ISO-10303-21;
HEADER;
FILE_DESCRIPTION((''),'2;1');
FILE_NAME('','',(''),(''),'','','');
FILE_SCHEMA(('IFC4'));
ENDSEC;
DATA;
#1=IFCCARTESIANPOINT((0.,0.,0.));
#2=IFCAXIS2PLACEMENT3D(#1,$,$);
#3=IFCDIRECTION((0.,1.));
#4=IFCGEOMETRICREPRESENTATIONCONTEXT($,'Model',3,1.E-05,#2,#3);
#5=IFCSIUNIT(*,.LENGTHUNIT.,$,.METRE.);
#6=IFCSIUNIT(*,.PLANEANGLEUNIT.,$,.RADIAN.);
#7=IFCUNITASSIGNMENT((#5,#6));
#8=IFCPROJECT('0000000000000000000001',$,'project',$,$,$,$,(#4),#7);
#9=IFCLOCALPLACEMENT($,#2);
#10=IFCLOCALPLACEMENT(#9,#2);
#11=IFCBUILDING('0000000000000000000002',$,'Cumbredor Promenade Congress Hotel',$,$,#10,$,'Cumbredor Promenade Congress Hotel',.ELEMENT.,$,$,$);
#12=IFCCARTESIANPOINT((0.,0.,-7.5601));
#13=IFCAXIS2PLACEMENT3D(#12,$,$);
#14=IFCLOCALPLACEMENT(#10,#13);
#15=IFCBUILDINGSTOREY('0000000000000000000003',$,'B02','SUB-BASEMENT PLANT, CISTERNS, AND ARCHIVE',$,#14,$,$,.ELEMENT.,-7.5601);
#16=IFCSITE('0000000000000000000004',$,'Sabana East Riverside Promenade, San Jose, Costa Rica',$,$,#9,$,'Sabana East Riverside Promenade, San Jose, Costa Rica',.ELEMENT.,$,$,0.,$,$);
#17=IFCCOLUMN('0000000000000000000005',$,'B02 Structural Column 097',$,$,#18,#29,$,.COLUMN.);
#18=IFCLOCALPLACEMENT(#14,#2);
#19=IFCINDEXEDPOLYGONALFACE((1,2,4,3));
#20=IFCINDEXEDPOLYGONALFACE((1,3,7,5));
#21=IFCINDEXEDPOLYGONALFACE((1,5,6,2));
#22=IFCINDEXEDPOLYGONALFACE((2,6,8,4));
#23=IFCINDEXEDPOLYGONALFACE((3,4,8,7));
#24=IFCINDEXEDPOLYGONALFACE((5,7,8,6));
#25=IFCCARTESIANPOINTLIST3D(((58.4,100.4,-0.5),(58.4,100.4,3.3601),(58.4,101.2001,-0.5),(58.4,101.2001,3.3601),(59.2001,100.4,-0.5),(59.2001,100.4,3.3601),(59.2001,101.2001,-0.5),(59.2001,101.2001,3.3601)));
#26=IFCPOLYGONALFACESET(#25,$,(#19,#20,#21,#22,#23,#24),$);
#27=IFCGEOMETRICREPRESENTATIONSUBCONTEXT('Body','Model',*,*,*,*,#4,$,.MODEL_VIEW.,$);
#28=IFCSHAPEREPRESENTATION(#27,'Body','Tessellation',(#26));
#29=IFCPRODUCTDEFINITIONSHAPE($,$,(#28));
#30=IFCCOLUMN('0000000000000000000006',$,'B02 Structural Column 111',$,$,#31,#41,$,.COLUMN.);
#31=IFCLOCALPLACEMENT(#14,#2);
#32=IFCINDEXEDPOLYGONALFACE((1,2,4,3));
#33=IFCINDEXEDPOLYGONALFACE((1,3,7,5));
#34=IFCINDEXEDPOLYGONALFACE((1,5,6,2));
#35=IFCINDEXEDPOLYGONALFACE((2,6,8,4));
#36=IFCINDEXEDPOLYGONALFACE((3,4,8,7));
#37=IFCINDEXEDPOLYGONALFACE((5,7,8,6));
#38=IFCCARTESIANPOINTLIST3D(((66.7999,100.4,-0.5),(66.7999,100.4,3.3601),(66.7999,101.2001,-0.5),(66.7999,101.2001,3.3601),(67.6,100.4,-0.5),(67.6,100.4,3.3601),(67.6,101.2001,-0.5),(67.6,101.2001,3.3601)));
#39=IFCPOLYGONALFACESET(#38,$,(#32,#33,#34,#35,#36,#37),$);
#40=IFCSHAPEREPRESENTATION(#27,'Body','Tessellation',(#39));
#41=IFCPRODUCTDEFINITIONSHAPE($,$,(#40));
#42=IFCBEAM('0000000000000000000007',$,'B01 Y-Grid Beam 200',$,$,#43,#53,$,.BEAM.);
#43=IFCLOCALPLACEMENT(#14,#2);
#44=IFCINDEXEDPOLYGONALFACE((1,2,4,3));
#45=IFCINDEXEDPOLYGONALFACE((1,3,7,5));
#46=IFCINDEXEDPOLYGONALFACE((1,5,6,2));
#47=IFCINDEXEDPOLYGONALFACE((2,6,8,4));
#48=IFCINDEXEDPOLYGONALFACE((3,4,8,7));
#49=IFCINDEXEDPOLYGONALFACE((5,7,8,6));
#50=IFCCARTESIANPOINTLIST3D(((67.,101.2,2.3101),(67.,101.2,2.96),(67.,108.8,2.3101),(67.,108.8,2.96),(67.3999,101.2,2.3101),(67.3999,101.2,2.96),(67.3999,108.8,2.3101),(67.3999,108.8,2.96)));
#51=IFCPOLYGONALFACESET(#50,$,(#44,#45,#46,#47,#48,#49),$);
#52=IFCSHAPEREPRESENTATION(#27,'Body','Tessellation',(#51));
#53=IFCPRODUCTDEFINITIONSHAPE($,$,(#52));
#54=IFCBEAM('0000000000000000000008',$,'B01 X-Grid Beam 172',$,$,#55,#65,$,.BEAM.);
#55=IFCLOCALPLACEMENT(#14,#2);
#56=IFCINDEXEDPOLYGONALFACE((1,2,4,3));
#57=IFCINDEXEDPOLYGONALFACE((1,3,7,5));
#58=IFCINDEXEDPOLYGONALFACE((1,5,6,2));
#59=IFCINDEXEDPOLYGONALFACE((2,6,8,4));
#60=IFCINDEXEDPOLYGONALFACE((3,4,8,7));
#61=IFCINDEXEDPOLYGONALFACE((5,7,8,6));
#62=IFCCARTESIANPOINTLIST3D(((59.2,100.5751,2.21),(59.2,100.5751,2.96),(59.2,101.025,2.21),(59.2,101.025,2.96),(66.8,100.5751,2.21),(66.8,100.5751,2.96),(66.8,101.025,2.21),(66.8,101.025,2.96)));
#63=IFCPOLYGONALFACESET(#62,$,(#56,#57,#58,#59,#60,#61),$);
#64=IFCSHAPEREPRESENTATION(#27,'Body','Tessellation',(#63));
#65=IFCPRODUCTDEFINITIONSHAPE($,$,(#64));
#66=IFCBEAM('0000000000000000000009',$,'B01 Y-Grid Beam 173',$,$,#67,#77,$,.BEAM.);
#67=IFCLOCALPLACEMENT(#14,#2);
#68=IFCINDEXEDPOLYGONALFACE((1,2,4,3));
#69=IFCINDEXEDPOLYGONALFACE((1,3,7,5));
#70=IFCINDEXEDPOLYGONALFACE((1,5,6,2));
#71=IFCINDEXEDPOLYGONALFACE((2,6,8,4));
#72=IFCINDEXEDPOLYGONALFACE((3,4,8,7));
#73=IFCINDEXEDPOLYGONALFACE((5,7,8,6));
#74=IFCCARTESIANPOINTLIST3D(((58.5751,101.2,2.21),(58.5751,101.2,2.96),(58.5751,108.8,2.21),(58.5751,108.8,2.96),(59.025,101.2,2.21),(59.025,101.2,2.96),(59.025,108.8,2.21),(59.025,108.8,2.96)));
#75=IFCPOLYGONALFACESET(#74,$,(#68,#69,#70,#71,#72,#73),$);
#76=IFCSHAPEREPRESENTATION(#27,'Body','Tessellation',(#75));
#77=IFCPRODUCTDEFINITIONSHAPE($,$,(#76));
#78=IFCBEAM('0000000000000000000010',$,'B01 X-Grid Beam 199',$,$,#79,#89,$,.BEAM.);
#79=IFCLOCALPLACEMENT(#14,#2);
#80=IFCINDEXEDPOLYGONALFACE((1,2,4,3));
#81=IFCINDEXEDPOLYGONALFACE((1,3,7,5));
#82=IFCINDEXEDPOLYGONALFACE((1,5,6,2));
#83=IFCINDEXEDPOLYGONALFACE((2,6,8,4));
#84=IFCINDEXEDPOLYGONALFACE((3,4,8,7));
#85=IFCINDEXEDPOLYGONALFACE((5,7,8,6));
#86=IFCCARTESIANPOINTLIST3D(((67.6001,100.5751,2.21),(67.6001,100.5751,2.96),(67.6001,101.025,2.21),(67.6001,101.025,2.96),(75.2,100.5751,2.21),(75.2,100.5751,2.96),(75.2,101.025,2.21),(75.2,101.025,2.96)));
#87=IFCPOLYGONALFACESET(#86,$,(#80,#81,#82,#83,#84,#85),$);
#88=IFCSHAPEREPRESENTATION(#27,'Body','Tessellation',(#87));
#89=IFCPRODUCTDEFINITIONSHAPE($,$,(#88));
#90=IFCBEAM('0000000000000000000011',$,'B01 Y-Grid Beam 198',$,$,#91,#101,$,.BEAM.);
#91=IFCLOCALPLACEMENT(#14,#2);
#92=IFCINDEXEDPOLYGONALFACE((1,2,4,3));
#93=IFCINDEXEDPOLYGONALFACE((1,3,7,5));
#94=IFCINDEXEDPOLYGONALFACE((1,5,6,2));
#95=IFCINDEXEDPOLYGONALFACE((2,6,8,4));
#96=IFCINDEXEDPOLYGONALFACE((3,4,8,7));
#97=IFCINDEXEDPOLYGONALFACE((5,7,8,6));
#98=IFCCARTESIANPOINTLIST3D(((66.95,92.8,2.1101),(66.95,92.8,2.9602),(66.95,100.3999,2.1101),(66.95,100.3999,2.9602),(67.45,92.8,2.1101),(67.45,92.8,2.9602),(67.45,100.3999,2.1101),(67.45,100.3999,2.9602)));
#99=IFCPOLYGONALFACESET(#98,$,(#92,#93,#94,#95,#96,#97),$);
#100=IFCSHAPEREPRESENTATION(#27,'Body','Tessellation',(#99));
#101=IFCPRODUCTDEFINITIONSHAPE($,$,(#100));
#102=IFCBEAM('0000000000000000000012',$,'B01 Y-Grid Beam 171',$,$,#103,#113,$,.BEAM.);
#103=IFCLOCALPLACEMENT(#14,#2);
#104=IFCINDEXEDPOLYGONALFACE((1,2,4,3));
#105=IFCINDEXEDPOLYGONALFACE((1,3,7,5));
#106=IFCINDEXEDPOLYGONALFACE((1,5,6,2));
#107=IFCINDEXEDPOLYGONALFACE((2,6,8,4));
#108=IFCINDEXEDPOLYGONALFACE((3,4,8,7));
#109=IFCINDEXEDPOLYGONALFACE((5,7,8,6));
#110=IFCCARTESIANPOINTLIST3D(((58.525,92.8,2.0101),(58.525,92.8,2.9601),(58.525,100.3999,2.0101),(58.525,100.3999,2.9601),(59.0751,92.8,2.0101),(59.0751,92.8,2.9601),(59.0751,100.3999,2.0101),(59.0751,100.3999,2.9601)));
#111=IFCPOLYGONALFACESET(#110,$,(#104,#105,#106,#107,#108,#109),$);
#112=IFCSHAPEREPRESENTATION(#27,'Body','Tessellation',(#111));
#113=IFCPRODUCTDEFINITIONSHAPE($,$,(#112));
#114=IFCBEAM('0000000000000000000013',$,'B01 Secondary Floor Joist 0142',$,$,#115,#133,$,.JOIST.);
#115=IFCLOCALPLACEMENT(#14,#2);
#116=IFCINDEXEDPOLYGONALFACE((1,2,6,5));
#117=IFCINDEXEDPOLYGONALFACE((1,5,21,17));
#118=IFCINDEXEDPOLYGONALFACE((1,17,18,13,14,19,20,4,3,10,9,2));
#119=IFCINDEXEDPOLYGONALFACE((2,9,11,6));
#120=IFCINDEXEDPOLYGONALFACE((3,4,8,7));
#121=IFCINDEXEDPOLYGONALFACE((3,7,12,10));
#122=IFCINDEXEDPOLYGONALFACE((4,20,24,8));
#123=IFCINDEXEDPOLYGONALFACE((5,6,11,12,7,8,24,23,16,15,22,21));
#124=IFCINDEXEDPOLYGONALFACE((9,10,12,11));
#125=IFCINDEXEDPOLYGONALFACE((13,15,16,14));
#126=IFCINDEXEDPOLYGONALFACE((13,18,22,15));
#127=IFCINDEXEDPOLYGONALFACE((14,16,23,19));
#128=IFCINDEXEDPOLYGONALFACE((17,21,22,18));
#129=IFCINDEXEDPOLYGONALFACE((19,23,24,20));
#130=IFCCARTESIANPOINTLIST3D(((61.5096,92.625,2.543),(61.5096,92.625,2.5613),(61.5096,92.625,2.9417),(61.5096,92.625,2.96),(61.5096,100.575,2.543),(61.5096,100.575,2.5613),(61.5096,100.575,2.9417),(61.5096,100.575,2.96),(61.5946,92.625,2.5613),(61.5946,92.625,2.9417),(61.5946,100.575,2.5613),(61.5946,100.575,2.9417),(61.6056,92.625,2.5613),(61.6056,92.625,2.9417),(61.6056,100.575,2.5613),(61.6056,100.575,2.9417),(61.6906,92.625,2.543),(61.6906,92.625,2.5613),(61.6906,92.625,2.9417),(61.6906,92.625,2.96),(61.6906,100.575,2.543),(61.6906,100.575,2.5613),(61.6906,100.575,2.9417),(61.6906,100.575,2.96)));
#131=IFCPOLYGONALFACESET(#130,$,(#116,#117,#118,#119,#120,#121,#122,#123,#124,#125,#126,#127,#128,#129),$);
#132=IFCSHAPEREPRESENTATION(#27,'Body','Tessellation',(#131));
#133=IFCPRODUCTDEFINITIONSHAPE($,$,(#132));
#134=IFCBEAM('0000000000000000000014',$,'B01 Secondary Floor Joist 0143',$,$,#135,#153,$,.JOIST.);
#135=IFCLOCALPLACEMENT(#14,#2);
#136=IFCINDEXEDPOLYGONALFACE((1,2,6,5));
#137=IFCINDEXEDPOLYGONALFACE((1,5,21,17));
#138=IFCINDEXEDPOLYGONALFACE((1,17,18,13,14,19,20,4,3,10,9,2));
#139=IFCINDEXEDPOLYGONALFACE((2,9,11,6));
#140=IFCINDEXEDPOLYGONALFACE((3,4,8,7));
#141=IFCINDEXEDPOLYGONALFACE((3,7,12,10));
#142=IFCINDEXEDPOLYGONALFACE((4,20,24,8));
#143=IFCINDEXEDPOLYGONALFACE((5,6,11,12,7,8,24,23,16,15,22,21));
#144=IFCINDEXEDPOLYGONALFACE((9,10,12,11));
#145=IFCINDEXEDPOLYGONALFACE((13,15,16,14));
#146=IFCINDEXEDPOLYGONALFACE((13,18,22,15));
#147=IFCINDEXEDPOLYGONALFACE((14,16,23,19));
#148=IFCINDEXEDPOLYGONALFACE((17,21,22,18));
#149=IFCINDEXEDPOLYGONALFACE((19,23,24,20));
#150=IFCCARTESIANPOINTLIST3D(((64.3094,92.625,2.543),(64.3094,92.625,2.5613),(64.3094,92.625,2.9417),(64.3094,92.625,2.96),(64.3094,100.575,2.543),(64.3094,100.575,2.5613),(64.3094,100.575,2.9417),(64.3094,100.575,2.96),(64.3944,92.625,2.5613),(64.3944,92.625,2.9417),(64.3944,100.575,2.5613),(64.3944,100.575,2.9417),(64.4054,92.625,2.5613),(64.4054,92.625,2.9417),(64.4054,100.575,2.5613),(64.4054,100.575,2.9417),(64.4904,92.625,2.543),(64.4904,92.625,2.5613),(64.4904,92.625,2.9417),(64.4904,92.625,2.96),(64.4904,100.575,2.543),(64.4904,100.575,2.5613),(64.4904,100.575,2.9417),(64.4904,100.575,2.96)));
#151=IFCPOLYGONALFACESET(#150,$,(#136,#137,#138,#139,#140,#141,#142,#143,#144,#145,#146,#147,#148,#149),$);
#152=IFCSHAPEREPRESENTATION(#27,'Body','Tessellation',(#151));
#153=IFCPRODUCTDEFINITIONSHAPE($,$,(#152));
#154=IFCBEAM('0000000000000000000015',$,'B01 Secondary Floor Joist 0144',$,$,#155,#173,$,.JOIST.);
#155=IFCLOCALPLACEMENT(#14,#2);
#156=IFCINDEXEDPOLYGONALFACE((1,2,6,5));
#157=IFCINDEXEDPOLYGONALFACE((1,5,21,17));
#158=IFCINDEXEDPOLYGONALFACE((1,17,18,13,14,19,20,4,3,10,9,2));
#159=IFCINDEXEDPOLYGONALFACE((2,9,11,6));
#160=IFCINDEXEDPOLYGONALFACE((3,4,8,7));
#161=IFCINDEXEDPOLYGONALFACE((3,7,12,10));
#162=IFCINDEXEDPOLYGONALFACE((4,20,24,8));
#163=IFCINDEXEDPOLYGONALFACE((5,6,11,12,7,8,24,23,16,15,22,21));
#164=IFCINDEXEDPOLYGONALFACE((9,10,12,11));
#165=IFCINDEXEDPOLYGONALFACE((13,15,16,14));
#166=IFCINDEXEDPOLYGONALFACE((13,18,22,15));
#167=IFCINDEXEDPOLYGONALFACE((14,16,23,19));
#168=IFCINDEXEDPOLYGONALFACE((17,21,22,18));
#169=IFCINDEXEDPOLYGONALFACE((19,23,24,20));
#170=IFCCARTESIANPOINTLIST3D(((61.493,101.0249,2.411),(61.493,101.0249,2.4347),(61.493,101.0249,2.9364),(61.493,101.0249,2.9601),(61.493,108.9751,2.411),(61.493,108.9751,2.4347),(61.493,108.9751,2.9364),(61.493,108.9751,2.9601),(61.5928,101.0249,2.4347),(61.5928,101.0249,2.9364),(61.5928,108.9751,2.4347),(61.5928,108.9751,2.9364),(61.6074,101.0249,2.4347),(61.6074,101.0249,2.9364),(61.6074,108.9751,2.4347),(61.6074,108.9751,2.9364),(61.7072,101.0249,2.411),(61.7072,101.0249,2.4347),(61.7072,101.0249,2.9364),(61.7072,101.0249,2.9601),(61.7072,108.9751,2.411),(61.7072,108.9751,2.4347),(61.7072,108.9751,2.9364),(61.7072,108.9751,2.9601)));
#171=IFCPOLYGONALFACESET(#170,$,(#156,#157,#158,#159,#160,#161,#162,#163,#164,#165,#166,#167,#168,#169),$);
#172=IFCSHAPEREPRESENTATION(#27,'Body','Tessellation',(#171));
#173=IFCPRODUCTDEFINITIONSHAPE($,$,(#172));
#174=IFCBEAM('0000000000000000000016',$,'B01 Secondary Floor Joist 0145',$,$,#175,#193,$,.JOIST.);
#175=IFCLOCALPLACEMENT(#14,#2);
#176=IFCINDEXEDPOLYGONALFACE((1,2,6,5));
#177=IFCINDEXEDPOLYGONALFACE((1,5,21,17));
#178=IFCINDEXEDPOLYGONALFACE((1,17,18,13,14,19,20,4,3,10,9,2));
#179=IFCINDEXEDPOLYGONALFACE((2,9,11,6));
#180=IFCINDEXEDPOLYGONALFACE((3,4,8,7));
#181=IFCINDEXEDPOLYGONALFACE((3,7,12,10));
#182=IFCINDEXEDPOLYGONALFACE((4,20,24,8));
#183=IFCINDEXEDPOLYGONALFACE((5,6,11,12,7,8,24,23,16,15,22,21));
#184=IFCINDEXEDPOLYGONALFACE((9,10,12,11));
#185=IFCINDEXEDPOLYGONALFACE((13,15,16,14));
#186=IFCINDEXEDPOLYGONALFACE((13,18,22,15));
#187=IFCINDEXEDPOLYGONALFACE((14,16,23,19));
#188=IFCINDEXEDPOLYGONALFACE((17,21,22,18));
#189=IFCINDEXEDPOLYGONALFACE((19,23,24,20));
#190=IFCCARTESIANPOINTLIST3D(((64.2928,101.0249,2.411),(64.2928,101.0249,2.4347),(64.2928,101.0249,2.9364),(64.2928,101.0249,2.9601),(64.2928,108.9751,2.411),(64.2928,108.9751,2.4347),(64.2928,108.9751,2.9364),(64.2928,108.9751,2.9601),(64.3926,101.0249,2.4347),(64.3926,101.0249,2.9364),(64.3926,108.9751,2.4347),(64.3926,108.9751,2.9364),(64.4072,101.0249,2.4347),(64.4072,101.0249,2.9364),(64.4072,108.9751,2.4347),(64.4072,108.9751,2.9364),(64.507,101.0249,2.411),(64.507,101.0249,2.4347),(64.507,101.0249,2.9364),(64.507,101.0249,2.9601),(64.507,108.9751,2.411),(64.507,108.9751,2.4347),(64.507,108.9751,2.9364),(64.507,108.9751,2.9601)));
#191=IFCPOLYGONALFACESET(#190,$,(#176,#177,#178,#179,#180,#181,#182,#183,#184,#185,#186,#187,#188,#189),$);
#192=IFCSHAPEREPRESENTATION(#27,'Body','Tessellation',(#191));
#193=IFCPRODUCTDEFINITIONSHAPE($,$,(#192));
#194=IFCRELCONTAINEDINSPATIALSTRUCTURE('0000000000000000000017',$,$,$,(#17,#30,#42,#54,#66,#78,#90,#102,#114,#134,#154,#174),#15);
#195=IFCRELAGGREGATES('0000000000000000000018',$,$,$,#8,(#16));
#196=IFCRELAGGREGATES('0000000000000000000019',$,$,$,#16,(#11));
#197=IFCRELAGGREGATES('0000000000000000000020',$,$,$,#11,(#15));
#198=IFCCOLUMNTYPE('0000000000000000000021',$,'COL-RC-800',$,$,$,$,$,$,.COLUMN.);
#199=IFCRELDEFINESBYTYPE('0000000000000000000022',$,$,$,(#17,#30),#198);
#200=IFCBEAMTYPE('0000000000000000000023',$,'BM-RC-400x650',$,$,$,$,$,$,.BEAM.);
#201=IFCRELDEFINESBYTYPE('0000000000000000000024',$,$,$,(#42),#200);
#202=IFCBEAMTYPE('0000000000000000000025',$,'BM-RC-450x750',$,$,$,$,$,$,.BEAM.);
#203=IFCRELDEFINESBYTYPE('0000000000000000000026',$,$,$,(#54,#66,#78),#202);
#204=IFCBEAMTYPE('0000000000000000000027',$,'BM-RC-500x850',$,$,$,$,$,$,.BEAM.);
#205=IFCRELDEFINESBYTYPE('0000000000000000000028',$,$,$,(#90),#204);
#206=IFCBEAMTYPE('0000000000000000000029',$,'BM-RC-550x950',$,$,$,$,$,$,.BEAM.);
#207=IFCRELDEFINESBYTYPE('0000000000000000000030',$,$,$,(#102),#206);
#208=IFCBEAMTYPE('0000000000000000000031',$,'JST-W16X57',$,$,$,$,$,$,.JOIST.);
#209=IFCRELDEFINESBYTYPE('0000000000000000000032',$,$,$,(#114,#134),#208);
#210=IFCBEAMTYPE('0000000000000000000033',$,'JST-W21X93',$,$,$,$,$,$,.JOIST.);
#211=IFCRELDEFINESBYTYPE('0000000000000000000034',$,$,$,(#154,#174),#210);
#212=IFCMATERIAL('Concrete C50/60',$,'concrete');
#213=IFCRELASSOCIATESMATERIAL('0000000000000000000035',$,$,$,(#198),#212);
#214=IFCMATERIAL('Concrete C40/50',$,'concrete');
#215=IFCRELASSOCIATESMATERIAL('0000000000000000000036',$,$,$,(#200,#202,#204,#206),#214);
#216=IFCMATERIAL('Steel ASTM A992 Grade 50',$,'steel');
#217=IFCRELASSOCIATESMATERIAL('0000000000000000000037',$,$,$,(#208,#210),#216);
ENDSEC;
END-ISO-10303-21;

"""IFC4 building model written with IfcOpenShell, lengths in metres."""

from ifc_helpers import new_model, si_unit, direction, frame, origin, origin_2d, place, context, subcontext, project, spatial, rectangle, i_section, extrude, material, material_profile, profile_set, type_object, element, save


model = new_model("IFC4")

# Units and contexts
model_context = context("Model", 3, precision=1e-05, world=origin(), true_north=direction((0.0, 1.0)))
body_context = subcontext(model_context, "Body", "Model", "MODEL_VIEW")
ifc_project = project(units=[si_unit("LENGTHUNIT", "METRE"), si_unit("PLANEANGLEUNIT", "RADIAN")], contexts=[model_context])

# Site, building, storey
site_placement = place(None, origin())
site = spatial("IfcSite", under=ifc_project, at=site_placement, Name="Sabana East Riverside Promenade, San Jose, Costa Rica", LongName="Sabana East Riverside Promenade, San Jose, Costa Rica", CompositionType="ELEMENT", RefElevation=0.0)
building_placement = place(site_placement, origin())
building = spatial("IfcBuilding", under=site, at=building_placement, Name="Cumbredor Promenade Congress Hotel", LongName="Cumbredor Promenade Congress Hotel", CompositionType="ELEMENT")
storey_placement = place(building_placement, frame((0.0, 0.0, -7.5601)))
storey = spatial("IfcBuildingStorey", under=building, at=storey_placement, Name="B02", Description="SUB-BASEMENT PLANT, CISTERNS, AND ARCHIVE", CompositionType="ELEMENT", Elevation=-7.5601)

# Shared definitions
ifc_material_1 = material(Name="Concrete C40/50", Category="concrete")

# Columns
ifc_material_2 = material(Name="Concrete C50/60", Category="concrete")
ifc_material_profile_1 = material_profile(ifc_material_2, rectangle(XDim=0.8, YDim=0.8, at=origin_2d()), Name="RC 800x800")
ifc_profile_set_1 = profile_set([ifc_material_profile_1], Name="Concrete C50/60")
column_type = type_object("IfcColumnType", Name="COL-RC-800", PredefinedType="COLUMN", material=ifc_profile_set_1)
for number, where, z_axis, x_axis, name in (
    (1, (58.8, 100.8, -0.5), (0.0, 0.0, 1.0), (1.0, 0.0, 0.0), "B02 Structural Column 097"),
    (2, (67.2, 100.8, -0.5), (0.0, 0.0, 1.0), (1.0, 0.0, 0.0), "B02 Structural Column 111"),
):
    element("IfcColumn", number, at=place(storey_placement, frame(where, z_axis=z_axis, x_axis=x_axis)), inside=storey, type_object=column_type, Name=name, PredefinedType="COLUMN", context=body_context, shape_type="SweptSolid", body=[
        extrude(rectangle(XDim=0.8, YDim=0.8, at=origin_2d()), origin(), (0.0, 0.0, 1.0), 3.8601),
    ])

# Beams
ifc_material_profile_2 = material_profile(ifc_material_1, rectangle(XDim=0.3999, YDim=0.6499, at=origin_2d()), Name="RC BEAM 400x650")
ifc_profile_set_2 = profile_set([ifc_material_profile_2], Name="Concrete C40/50")
beam_type_1 = type_object("IfcBeamType", Name="BM-RC-400x650", PredefinedType="BEAM", material=ifc_profile_set_2)
beam_1_placement = place(storey_placement, frame((67.2, 101.2, 2.635), z_axis=(0.0, 1.0, 0.0), x_axis=(-1.0, 0.0, 0.0)))
element("IfcBeam", 3, at=beam_1_placement, inside=storey, type_object=beam_type_1, Name="B01 Y-Grid Beam 200", PredefinedType="BEAM", context=body_context, shape_type="SweptSolid", body=[
    extrude(rectangle(XDim=0.3999, YDim=0.6499, at=origin_2d()), origin(), (0.0, 0.0, 1.0), 7.6001),
])
ifc_material_profile_3 = material_profile(ifc_material_1, rectangle(XDim=0.45, YDim=0.75, at=origin_2d()), Name="RC BEAM 450x750")
ifc_profile_set_3 = profile_set([ifc_material_profile_3], Name="Concrete C40/50")
beam_type_2 = type_object("IfcBeamType", Name="BM-RC-450x750", PredefinedType="BEAM", material=ifc_profile_set_3)
for number, where, z_axis, x_axis, name in (
    (4, (59.2, 100.8, 2.585), (1.0, 0.0, 0.0), (0.0, 1.0, 0.0), "B01 X-Grid Beam 172"),
    (5, (58.8, 101.2, 2.585), (0.0, 1.0, 0.0), (-1.0, 0.0, 0.0), "B01 Y-Grid Beam 173"),
):
    element("IfcBeam", number, at=place(storey_placement, frame(where, z_axis=z_axis, x_axis=x_axis)), inside=storey, type_object=beam_type_2, Name=name, PredefinedType="BEAM", context=body_context, shape_type="SweptSolid", body=[
        extrude(rectangle(XDim=0.45, YDim=0.75, at=origin_2d()), origin(), (0.0, 0.0, 1.0), 7.6001),
    ])
beam_2_placement = place(storey_placement, frame((67.6001, 100.8, 2.585), z_axis=(1.0, 0.0, 0.0), x_axis=(0.0, 1.0, 0.0)))
element("IfcBeam", 6, at=beam_2_placement, inside=storey, type_object=beam_type_2, Name="B01 X-Grid Beam 199", PredefinedType="BEAM", context=body_context, shape_type="SweptSolid", body=[
    extrude(rectangle(XDim=0.45, YDim=0.75, at=origin_2d()), origin(), (0.0, 0.0, 1.0), 7.5999),
])
ifc_material_profile_4 = material_profile(ifc_material_1, rectangle(XDim=0.5, YDim=0.8501, at=origin_2d()), Name="RC BEAM 500x850")
ifc_profile_set_4 = profile_set([ifc_material_profile_4], Name="Concrete C40/50")
beam_type_3 = type_object("IfcBeamType", Name="BM-RC-500x850", PredefinedType="BEAM", material=ifc_profile_set_4)
beam_3_placement = place(storey_placement, frame((67.2, 92.8, 2.5352), z_axis=(0.0, 1.0, 0.0), x_axis=(-1.0, 0.0, 0.0)))
element("IfcBeam", 7, at=beam_3_placement, inside=storey, type_object=beam_type_3, Name="B01 Y-Grid Beam 198", PredefinedType="BEAM", context=body_context, shape_type="SweptSolid", body=[
    extrude(rectangle(XDim=0.5, YDim=0.8501, at=origin_2d()), origin(), (0.0, 0.0, 1.0), 7.5999),
])
ifc_material_profile_5 = material_profile(ifc_material_1, rectangle(XDim=0.55, YDim=0.95, at=origin_2d()), Name="RC BEAM 550x950")
ifc_profile_set_5 = profile_set([ifc_material_profile_5], Name="Concrete C40/50")
beam_type_4 = type_object("IfcBeamType", Name="BM-RC-550x950", PredefinedType="BEAM", material=ifc_profile_set_5)
beam_4_placement = place(storey_placement, frame((58.8, 92.8, 2.4851), z_axis=(0.0, 1.0, 0.0), x_axis=(-1.0, 0.0, 0.0)))
element("IfcBeam", 8, at=beam_4_placement, inside=storey, type_object=beam_type_4, Name="B01 Y-Grid Beam 171", PredefinedType="BEAM", context=body_context, shape_type="SweptSolid", body=[
    extrude(rectangle(XDim=0.55, YDim=0.95, at=origin_2d()), origin(), (0.0, 0.0, 1.0), 7.5999),
])
ifc_material_3 = material(Name="Steel ASTM A992 Grade 50", Category="steel")
ifc_material_profile_6 = material_profile(ifc_material_3, i_section(OverallWidth=0.1809, OverallDepth=0.417, WebThickness=0.011, FlangeThickness=0.0183, at=origin_2d()), Name="W16X57")
ifc_profile_set_6 = profile_set([ifc_material_profile_6], Name="Steel ASTM A992 Grade 50")
beam_type_5 = type_object("IfcBeamType", Name="JST-W16X57", PredefinedType="JOIST", material=ifc_profile_set_6)
for number, where, z_axis, x_axis, name in (
    (9, (61.6001, 92.625, 2.7515), (0.0, 1.0, 0.0), (-1.0, 0.0, 0.0), "B01 Secondary Floor Joist 0142"),
    (10, (64.3999, 92.625, 2.7515), (0.0, 1.0, 0.0), (-1.0, 0.0, 0.0), "B01 Secondary Floor Joist 0143"),
):
    element("IfcBeam", number, at=place(storey_placement, frame(where, z_axis=z_axis, x_axis=x_axis)), inside=storey, type_object=beam_type_5, Name=name, PredefinedType="JOIST", context=body_context, shape_type="SweptSolid", body=[
        extrude(i_section(OverallWidth=0.1809, OverallDepth=0.417, WebThickness=0.011, FlangeThickness=0.0183, at=origin_2d()), origin(), (0.0, 0.0, 1.0), 7.95),
    ])
ifc_material_profile_7 = material_profile(ifc_material_3, i_section(OverallWidth=0.2141, OverallDepth=0.5491, WebThickness=0.0146, FlangeThickness=0.0237, at=origin_2d()), Name="W21X93")
ifc_profile_set_7 = profile_set([ifc_material_profile_7], Name="Steel ASTM A992 Grade 50")
beam_type_6 = type_object("IfcBeamType", Name="JST-W21X93", PredefinedType="JOIST", material=ifc_profile_set_7)
for number, where, z_axis, x_axis, name in (
    (11, (61.6001, 101.0249, 2.6855), (0.0, 1.0, 0.0), (-1.0, 0.0, 0.0), "B01 Secondary Floor Joist 0144"),
    (12, (64.3999, 101.0249, 2.6855), (0.0, 1.0, 0.0), (-1.0, 0.0, 0.0), "B01 Secondary Floor Joist 0145"),
):
    element("IfcBeam", number, at=place(storey_placement, frame(where, z_axis=z_axis, x_axis=x_axis)), inside=storey, type_object=beam_type_6, Name=name, PredefinedType="JOIST", context=body_context, shape_type="SweptSolid", body=[
        extrude(i_section(OverallWidth=0.2141, OverallDepth=0.5491, WebThickness=0.0146, FlangeThickness=0.0237, at=origin_2d()), origin(), (0.0, 0.0, 1.0), 7.9502),
    ])

save(model, "model.ifc")
